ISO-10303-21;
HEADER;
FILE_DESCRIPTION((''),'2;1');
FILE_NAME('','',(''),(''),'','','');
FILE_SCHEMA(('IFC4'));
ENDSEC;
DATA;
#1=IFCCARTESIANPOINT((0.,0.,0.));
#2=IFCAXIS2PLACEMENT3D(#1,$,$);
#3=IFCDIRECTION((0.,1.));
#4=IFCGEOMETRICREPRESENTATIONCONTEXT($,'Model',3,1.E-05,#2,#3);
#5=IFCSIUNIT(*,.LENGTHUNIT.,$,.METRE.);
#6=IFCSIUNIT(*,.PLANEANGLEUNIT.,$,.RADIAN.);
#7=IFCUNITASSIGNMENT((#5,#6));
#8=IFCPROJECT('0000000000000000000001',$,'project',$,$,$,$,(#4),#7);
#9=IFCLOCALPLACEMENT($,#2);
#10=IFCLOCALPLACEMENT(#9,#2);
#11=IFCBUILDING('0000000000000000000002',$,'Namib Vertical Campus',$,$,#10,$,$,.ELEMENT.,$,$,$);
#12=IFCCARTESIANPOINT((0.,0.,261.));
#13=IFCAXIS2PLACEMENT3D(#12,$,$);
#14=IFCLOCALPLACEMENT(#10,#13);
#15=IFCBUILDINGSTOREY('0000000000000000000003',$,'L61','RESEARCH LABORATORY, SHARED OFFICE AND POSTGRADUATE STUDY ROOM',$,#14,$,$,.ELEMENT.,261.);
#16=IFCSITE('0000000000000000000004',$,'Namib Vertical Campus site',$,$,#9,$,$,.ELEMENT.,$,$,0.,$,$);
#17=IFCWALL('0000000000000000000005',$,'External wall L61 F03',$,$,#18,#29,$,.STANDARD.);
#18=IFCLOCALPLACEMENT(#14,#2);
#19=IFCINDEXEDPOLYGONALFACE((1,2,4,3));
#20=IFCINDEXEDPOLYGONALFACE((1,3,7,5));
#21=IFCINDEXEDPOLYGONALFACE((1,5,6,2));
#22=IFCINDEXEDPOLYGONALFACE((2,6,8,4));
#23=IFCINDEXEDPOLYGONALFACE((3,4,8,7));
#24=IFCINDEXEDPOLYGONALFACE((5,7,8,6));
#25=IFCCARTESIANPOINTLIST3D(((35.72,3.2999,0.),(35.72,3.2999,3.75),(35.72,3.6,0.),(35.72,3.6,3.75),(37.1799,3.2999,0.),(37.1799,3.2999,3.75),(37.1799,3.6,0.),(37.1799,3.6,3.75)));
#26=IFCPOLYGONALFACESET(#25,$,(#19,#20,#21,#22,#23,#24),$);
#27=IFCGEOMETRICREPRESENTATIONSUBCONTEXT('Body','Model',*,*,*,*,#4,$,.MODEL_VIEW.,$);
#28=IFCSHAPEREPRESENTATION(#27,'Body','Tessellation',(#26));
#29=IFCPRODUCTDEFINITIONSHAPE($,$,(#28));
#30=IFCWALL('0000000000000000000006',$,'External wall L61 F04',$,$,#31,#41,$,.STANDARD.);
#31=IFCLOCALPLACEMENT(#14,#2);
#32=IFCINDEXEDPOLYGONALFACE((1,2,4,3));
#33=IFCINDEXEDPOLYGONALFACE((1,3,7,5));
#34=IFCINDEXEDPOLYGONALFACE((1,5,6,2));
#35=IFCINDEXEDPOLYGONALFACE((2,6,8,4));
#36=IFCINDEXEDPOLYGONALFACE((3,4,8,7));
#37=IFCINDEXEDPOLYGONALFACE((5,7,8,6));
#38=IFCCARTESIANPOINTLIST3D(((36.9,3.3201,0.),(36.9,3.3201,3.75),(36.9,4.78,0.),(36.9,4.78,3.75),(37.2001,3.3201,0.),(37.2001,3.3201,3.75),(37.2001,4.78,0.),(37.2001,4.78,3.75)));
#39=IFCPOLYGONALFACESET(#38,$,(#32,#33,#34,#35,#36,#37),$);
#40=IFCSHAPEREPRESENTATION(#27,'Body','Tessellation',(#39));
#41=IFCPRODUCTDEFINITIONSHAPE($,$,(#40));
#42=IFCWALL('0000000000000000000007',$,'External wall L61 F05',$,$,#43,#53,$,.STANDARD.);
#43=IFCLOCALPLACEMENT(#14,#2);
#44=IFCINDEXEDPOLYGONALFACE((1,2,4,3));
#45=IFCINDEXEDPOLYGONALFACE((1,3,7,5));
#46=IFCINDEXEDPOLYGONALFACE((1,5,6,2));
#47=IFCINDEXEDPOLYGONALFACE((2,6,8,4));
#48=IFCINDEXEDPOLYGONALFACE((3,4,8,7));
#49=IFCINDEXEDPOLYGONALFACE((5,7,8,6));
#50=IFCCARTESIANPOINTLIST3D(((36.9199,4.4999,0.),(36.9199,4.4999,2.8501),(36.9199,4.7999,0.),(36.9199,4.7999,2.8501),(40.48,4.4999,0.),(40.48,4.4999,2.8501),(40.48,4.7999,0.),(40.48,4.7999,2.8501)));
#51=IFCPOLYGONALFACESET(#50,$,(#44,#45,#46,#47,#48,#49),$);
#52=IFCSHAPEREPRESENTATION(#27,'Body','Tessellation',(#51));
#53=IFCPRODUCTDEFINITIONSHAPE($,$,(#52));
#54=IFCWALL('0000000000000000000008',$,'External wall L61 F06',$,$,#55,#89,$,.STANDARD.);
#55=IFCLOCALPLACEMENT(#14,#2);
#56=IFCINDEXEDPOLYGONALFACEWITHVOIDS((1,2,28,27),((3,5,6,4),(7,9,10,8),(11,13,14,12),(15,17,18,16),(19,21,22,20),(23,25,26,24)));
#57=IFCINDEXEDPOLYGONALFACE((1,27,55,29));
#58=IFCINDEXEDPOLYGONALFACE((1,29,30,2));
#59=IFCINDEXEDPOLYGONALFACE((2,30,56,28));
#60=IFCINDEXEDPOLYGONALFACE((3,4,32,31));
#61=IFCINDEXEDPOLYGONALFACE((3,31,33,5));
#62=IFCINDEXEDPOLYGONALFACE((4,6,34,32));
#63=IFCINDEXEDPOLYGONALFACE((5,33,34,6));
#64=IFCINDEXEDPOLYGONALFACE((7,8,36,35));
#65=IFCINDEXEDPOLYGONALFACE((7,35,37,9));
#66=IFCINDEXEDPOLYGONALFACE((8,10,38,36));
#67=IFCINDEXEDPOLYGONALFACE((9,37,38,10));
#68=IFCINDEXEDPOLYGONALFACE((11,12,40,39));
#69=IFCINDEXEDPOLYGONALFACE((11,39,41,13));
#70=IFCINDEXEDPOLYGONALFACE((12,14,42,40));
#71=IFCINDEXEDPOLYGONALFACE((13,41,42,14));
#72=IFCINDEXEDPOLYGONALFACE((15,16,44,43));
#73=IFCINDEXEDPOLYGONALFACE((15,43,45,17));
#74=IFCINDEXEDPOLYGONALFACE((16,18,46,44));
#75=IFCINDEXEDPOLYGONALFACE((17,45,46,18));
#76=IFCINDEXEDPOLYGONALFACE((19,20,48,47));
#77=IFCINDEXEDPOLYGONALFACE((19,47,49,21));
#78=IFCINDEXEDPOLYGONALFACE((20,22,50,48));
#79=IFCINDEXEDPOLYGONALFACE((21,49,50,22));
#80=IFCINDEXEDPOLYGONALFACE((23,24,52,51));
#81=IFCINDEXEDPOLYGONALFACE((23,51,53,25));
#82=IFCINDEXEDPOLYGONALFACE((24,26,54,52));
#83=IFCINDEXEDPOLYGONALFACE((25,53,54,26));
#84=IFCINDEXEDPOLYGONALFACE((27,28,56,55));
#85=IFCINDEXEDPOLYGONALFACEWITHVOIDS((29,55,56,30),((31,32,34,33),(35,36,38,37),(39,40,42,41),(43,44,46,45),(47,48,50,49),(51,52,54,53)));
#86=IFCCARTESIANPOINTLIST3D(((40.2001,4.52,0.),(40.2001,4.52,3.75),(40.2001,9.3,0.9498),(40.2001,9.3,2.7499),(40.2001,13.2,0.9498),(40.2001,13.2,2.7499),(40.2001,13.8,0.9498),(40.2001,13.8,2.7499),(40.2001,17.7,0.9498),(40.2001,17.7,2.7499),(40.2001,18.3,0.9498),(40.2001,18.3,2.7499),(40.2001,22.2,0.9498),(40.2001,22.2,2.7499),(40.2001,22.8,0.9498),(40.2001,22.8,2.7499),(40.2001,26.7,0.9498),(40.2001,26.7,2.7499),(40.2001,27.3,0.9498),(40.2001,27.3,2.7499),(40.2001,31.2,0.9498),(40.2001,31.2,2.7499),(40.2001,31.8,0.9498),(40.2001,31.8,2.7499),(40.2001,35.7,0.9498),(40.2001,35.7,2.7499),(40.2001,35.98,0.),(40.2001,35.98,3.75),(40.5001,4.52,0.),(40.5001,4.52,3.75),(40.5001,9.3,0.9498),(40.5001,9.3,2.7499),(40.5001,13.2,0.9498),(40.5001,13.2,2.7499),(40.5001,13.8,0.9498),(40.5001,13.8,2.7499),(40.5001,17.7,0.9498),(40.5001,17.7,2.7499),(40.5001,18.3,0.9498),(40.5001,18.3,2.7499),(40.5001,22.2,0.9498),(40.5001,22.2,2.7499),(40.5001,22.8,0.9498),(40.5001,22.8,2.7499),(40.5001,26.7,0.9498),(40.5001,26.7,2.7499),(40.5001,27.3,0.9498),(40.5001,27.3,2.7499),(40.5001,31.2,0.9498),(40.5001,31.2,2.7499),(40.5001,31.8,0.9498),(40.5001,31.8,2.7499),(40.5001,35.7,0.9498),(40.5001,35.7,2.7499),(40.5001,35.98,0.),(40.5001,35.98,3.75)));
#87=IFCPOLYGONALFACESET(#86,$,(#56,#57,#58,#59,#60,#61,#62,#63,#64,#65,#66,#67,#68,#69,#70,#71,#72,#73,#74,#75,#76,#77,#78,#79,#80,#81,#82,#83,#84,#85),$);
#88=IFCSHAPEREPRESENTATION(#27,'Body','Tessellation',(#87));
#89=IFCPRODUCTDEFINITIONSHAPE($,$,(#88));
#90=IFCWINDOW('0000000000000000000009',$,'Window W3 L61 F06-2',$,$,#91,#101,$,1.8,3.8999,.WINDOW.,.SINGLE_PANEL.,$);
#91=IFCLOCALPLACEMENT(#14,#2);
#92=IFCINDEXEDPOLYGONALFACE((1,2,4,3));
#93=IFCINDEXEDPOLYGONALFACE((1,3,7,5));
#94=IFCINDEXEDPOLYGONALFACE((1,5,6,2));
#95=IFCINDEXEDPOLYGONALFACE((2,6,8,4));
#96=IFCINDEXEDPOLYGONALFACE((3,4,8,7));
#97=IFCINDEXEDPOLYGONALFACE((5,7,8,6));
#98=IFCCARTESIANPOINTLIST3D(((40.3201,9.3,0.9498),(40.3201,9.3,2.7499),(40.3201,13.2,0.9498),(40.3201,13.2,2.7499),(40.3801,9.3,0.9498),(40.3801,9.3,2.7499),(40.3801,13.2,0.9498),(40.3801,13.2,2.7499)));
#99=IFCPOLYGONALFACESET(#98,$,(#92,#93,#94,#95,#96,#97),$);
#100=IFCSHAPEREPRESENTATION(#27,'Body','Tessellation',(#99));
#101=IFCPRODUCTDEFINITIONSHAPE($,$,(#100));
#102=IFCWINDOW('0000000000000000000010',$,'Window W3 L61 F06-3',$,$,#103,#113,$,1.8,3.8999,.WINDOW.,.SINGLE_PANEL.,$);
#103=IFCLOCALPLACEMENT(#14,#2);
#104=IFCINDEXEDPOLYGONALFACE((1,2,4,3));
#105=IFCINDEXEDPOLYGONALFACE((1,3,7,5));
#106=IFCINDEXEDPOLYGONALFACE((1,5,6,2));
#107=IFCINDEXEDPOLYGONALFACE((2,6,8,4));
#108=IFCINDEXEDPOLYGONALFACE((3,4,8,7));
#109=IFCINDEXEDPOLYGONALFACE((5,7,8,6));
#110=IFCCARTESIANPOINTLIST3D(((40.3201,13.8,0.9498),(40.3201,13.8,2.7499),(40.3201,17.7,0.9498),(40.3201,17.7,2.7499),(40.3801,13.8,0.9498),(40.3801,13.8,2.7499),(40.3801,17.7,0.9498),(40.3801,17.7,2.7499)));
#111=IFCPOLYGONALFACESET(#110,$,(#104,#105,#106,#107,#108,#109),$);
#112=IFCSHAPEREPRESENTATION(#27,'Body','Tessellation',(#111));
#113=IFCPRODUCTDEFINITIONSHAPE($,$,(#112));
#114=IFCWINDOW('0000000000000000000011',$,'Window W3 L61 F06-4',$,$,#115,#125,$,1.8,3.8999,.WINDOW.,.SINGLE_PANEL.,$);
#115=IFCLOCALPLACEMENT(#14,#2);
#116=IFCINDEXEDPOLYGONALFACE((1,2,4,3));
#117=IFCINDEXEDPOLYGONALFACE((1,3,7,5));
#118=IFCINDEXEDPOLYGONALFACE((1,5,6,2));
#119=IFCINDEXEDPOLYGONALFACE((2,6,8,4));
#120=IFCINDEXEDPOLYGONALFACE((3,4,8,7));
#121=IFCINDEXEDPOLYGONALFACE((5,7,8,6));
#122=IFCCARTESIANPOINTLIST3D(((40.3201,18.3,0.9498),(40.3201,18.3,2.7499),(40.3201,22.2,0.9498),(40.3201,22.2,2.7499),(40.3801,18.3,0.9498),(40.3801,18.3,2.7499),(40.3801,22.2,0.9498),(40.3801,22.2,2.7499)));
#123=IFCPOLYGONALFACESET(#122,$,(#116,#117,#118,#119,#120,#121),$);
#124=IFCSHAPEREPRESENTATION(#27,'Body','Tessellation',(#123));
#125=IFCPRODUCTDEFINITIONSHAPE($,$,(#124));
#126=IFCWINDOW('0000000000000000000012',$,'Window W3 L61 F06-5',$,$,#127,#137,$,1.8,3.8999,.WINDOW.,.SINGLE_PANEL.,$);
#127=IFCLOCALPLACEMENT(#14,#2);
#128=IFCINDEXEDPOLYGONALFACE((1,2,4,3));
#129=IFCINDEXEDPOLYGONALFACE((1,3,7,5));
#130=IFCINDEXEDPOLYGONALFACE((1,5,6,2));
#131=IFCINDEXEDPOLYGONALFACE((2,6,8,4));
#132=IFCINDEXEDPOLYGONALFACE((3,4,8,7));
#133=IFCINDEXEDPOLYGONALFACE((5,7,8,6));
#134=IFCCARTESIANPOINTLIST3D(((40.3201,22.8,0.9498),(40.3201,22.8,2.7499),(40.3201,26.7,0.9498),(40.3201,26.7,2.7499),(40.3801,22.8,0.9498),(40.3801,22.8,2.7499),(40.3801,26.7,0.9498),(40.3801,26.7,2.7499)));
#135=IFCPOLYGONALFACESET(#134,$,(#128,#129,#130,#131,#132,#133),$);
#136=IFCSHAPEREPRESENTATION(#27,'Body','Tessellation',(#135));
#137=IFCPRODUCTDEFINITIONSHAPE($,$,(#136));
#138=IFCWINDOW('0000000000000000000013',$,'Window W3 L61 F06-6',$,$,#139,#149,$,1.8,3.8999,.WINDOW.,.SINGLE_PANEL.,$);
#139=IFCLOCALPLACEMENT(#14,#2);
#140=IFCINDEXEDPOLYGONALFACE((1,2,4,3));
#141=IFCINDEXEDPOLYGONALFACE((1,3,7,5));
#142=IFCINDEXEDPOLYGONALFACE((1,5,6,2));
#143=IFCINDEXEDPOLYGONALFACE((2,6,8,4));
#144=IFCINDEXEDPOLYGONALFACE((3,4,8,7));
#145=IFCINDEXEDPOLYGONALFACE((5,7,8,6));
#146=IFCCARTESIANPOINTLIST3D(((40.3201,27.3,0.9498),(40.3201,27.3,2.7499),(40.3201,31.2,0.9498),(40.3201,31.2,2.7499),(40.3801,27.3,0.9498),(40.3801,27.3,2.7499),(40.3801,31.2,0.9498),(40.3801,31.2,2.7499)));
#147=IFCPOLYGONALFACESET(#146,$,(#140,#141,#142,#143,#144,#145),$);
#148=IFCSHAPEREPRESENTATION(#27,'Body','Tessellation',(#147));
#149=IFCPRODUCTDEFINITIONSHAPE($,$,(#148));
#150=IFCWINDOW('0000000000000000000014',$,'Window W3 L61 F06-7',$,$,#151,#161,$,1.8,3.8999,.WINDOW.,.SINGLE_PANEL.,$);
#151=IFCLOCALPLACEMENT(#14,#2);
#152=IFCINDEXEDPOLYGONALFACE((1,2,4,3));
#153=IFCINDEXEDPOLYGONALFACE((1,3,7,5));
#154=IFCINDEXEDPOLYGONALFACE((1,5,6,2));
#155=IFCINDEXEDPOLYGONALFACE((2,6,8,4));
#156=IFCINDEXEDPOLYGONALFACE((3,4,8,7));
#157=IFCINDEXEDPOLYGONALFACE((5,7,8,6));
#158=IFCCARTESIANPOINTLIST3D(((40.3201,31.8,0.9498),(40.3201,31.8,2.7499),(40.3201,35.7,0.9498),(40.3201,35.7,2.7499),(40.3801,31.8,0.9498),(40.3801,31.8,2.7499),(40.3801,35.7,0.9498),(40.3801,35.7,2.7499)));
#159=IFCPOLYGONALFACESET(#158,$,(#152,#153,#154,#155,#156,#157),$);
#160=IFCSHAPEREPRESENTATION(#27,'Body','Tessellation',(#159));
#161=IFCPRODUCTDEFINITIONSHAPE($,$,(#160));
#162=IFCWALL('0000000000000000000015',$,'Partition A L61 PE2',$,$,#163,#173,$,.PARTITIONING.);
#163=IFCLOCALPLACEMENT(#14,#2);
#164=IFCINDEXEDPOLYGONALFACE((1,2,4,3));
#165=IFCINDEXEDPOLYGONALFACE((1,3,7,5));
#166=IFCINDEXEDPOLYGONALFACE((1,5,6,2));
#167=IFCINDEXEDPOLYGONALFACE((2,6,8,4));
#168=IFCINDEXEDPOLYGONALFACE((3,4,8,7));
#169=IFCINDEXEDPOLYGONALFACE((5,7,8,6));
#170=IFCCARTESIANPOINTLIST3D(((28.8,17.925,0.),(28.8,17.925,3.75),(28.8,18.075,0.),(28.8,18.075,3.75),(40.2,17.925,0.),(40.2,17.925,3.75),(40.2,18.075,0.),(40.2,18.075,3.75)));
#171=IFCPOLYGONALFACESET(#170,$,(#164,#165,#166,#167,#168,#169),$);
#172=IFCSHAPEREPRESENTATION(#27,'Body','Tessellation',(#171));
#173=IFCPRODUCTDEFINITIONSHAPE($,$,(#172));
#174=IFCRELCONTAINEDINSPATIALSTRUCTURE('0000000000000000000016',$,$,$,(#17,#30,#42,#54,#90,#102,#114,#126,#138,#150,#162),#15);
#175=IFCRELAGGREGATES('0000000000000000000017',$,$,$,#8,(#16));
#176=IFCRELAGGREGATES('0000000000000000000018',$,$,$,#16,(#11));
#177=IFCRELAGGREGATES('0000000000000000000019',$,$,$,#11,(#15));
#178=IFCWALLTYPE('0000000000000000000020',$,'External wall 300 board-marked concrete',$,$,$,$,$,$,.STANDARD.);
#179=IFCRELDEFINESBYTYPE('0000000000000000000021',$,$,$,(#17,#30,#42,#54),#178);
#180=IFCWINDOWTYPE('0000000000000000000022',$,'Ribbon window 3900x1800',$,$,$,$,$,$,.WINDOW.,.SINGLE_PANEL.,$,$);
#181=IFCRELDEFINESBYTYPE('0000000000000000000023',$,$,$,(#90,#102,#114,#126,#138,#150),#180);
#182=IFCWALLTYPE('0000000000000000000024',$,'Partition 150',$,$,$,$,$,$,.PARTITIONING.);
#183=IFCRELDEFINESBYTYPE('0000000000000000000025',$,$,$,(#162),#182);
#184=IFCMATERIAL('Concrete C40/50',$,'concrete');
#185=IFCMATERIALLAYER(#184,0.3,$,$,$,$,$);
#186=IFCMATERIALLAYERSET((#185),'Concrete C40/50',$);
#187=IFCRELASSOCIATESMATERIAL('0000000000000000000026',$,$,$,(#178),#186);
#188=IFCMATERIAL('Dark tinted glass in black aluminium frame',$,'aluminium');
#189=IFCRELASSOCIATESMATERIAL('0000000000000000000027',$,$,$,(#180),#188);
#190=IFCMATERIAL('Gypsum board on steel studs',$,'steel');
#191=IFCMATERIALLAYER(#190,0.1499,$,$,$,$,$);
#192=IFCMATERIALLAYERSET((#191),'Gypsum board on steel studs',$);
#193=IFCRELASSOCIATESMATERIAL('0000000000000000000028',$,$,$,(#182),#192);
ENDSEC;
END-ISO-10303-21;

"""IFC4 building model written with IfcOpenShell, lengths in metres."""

from ifc_helpers import new_model, si_unit, direction, frame, frame_2d, origin, place, context, subcontext, project, spatial, rectangle, extrude, material, layer, layer_set, type_object, element, fill, save


model = new_model("IFC4")

# Units and contexts
model_context = context("Model", 3, precision=1e-05, world=origin(), true_north=direction((0.0, 1.0)))
body_context = subcontext(model_context, "Body", "Model", "MODEL_VIEW")
ifc_project = project(units=[si_unit("LENGTHUNIT", "METRE"), si_unit("PLANEANGLEUNIT", "RADIAN")], contexts=[model_context])

# Site, building, storey
site_placement = place(None, origin())
site = spatial("IfcSite", under=ifc_project, at=site_placement, Name="Namib Vertical Campus site", CompositionType="ELEMENT", RefElevation=0.0)
building_placement = place(site_placement, origin())
building = spatial("IfcBuilding", under=site, at=building_placement, Name="Namib Vertical Campus", CompositionType="ELEMENT")
storey_placement = place(building_placement, frame((0.0, 0.0, 261.0)))
storey = spatial("IfcBuildingStorey", under=building, at=storey_placement, Name="L61", Description="RESEARCH LABORATORY, SHARED OFFICE AND POSTGRADUATE STUDY ROOM", CompositionType="ELEMENT", Elevation=261.0)

# Walls
ifc_material_1 = material(Name="Concrete C40/50", Category="concrete")
ifc_layer_1 = layer(ifc_material_1, 0.3)
ifc_layer_set_1 = layer_set([ifc_layer_1], Name="Concrete C40/50")
wall_type_1 = type_object("IfcWallType", Name="External wall 300 board-marked concrete", PredefinedType="STANDARD", material=ifc_layer_set_1)
for number, where, z_axis, x_axis, name in (
    (1, (35.72, 3.45, 0.0), (0.0, 0.0, 1.0), (1.0, 0.0, 0.0), "External wall L61 F03"),
    (2, (37.05, 3.3201, 0.0), (0.0, 0.0, 1.0), (0.0, 1.0, 0.0), "External wall L61 F04"),
):
    element("IfcWall", number, at=place(storey_placement, frame(where, z_axis=z_axis, x_axis=x_axis)), inside=storey, type_object=wall_type_1, Name=name, PredefinedType="STANDARD", context=body_context, shape_type="SweptSolid", body=[
        extrude(rectangle(XDim=1.46, YDim=0.3, at=frame_2d((0.73, 0.0))), origin(), (0.0, 0.0, 1.0), 3.75),
    ])
wall_1_placement = place(storey_placement, frame((36.9199, 4.6499, 0.0), z_axis=(0.0, 0.0, 1.0), x_axis=(1.0, 0.0, 0.0)))
element("IfcWall", 3, at=wall_1_placement, inside=storey, type_object=wall_type_1, Name="External wall L61 F05", PredefinedType="STANDARD", context=body_context, shape_type="SweptSolid", body=[
    extrude(rectangle(XDim=3.5601, YDim=0.3, at=frame_2d((1.78, 0.0))), origin(), (0.0, 0.0, 1.0), 2.8501),
])

# Wall, openings, windows
wall_2_placement = place(storey_placement, frame((40.3501, 4.52, 0.0), z_axis=(0.0, 0.0, 1.0), x_axis=(0.0, 1.0, 0.0)))
wall_2 = element("IfcWall", 4, at=wall_2_placement, inside=storey, type_object=wall_type_1, Name="External wall L61 F06", PredefinedType="STANDARD", context=body_context, shape_type="SweptSolid", body=[
    extrude(rectangle(XDim=31.46, YDim=0.3, at=frame_2d((15.73, 0.0))), origin(), (0.0, 0.0, 1.0), 3.75),
])
opening_1_placement = place(wall_2_placement, frame((4.78, 0.0, 0.95)))
opening_1 = element("IfcOpeningElement", 5, at=opening_1_placement, cuts=wall_2, PredefinedType="OPENING", context=body_context, shape_type="SweptSolid", body=[
    extrude(rectangle(XDim=3.8999, YDim=1.8, at=frame_2d((1.95, 0.8999))), frame((0.0, 0.1599, 0.0), z_axis=(0.0, -1.0, 0.0), x_axis=(1.0, 0.0, 0.0)), (0.0, 0.0, 1.0), 0.3201),
])
opening_2_placement = place(wall_2_placement, frame((9.28, 0.0, 0.95)))
opening_2 = element("IfcOpeningElement", 6, at=opening_2_placement, cuts=wall_2, PredefinedType="OPENING", context=body_context, shape_type="SweptSolid", body=[
    extrude(rectangle(XDim=3.8999, YDim=1.8, at=frame_2d((1.95, 0.8999))), frame((0.0, 0.1599, 0.0), z_axis=(0.0, -1.0, 0.0), x_axis=(1.0, 0.0, 0.0)), (0.0, 0.0, 1.0), 0.3201),
])
opening_3_placement = place(wall_2_placement, frame((13.78, 0.0, 0.95)))
opening_3 = element("IfcOpeningElement", 7, at=opening_3_placement, cuts=wall_2, PredefinedType="OPENING", context=body_context, shape_type="SweptSolid", body=[
    extrude(rectangle(XDim=3.8999, YDim=1.8, at=frame_2d((1.95, 0.8999))), frame((0.0, 0.1599, 0.0), z_axis=(0.0, -1.0, 0.0), x_axis=(1.0, 0.0, 0.0)), (0.0, 0.0, 1.0), 0.3201),
])
opening_4_placement = place(wall_2_placement, frame((18.28, 0.0, 0.95)))
opening_4 = element("IfcOpeningElement", 8, at=opening_4_placement, cuts=wall_2, PredefinedType="OPENING", context=body_context, shape_type="SweptSolid", body=[
    extrude(rectangle(XDim=3.8999, YDim=1.8, at=frame_2d((1.95, 0.8999))), frame((0.0, 0.1599, 0.0), z_axis=(0.0, -1.0, 0.0), x_axis=(1.0, 0.0, 0.0)), (0.0, 0.0, 1.0), 0.3201),
])
opening_5_placement = place(wall_2_placement, frame((22.78, 0.0, 0.95)))
opening_5 = element("IfcOpeningElement", 9, at=opening_5_placement, cuts=wall_2, PredefinedType="OPENING", context=body_context, shape_type="SweptSolid", body=[
    extrude(rectangle(XDim=3.8999, YDim=1.8, at=frame_2d((1.95, 0.8999))), frame((0.0, 0.1599, 0.0), z_axis=(0.0, -1.0, 0.0), x_axis=(1.0, 0.0, 0.0)), (0.0, 0.0, 1.0), 0.3201),
])
opening_6_placement = place(wall_2_placement, frame((27.28, 0.0, 0.95)))
opening_6 = element("IfcOpeningElement", 10, at=opening_6_placement, cuts=wall_2, PredefinedType="OPENING", context=body_context, shape_type="SweptSolid", body=[
    extrude(rectangle(XDim=3.8999, YDim=1.8, at=frame_2d((1.95, 0.8999))), frame((0.0, 0.1599, 0.0), z_axis=(0.0, -1.0, 0.0), x_axis=(1.0, 0.0, 0.0)), (0.0, 0.0, 1.0), 0.3201),
])
ifc_material_2 = material(Name="Dark tinted glass in black aluminium frame", Category="aluminium")
window_type = type_object("IfcWindowType", Name="Ribbon window 3900x1800", PartitioningType="SINGLE_PANEL", PredefinedType="WINDOW", material=ifc_material_2)
window_1_placement = place(opening_1_placement, origin())
window_1 = element("IfcWindow", 11, at=window_1_placement, inside=storey, type_object=window_type, Name="Window W3 L61 F06-2", OverallHeight=1.8, OverallWidth=3.8999, PartitioningType="SINGLE_PANEL", PredefinedType="WINDOW", context=body_context, shape_type="SweptSolid", body=[
    extrude(rectangle(XDim=3.8999, YDim=1.8, at=frame_2d((1.95, 0.8999))), frame((0.0, 0.03, 0.0), z_axis=(0.0, -1.0, 0.0), x_axis=(1.0, 0.0, 0.0)), (0.0, 0.0, 1.0), 0.0601),
])
fill(opening_1, window_1)
window_2_placement = place(opening_2_placement, origin())
window_2 = element("IfcWindow", 12, at=window_2_placement, inside=storey, type_object=window_type, Name="Window W3 L61 F06-3", OverallHeight=1.8, OverallWidth=3.8999, PartitioningType="SINGLE_PANEL", PredefinedType="WINDOW", context=body_context, shape_type="SweptSolid", body=[
    extrude(rectangle(XDim=3.8999, YDim=1.8, at=frame_2d((1.95, 0.8999))), frame((0.0, 0.03, 0.0), z_axis=(0.0, -1.0, 0.0), x_axis=(1.0, 0.0, 0.0)), (0.0, 0.0, 1.0), 0.0601),
])
fill(opening_2, window_2)
window_3_placement = place(opening_3_placement, origin())
window_3 = element("IfcWindow", 13, at=window_3_placement, inside=storey, type_object=window_type, Name="Window W3 L61 F06-4", OverallHeight=1.8, OverallWidth=3.8999, PartitioningType="SINGLE_PANEL", PredefinedType="WINDOW", context=body_context, shape_type="SweptSolid", body=[
    extrude(rectangle(XDim=3.8999, YDim=1.8, at=frame_2d((1.95, 0.8999))), frame((0.0, 0.03, 0.0), z_axis=(0.0, -1.0, 0.0), x_axis=(1.0, 0.0, 0.0)), (0.0, 0.0, 1.0), 0.0601),
])
fill(opening_3, window_3)
window_4_placement = place(opening_4_placement, origin())
window_4 = element("IfcWindow", 14, at=window_4_placement, inside=storey, type_object=window_type, Name="Window W3 L61 F06-5", OverallHeight=1.8, OverallWidth=3.8999, PartitioningType="SINGLE_PANEL", PredefinedType="WINDOW", context=body_context, shape_type="SweptSolid", body=[
    extrude(rectangle(XDim=3.8999, YDim=1.8, at=frame_2d((1.95, 0.8999))), frame((0.0, 0.03, 0.0), z_axis=(0.0, -1.0, 0.0), x_axis=(1.0, 0.0, 0.0)), (0.0, 0.0, 1.0), 0.0601),
])
fill(opening_4, window_4)
window_5_placement = place(opening_5_placement, origin())
window_5 = element("IfcWindow", 15, at=window_5_placement, inside=storey, type_object=window_type, Name="Window W3 L61 F06-6", OverallHeight=1.8, OverallWidth=3.8999, PartitioningType="SINGLE_PANEL", PredefinedType="WINDOW", context=body_context, shape_type="SweptSolid", body=[
    extrude(rectangle(XDim=3.8999, YDim=1.8, at=frame_2d((1.95, 0.8999))), frame((0.0, 0.03, 0.0), z_axis=(0.0, -1.0, 0.0), x_axis=(1.0, 0.0, 0.0)), (0.0, 0.0, 1.0), 0.0601),
])
fill(opening_5, window_5)
window_6_placement = place(opening_6_placement, origin())
window_6 = element("IfcWindow", 16, at=window_6_placement, inside=storey, type_object=window_type, Name="Window W3 L61 F06-7", OverallHeight=1.8, OverallWidth=3.8999, PartitioningType="SINGLE_PANEL", PredefinedType="WINDOW", context=body_context, shape_type="SweptSolid", body=[
    extrude(rectangle(XDim=3.8999, YDim=1.8, at=frame_2d((1.95, 0.8999))), frame((0.0, 0.03, 0.0), z_axis=(0.0, -1.0, 0.0), x_axis=(1.0, 0.0, 0.0)), (0.0, 0.0, 1.0), 0.0601),
])
fill(opening_6, window_6)

# Wall
ifc_material_3 = material(Name="Gypsum board on steel studs", Category="steel")
ifc_layer_2 = layer(ifc_material_3, 0.1499)
ifc_layer_set_2 = layer_set([ifc_layer_2], Name="Gypsum board on steel studs")
wall_type_2 = type_object("IfcWallType", Name="Partition 150", PredefinedType="PARTITIONING", material=ifc_layer_set_2)
wall_3_placement = place(storey_placement, frame((28.8, 18.0, 0.0), z_axis=(0.0, 0.0, 1.0), x_axis=(1.0, 0.0, 0.0)))
element("IfcWall", 17, at=wall_3_placement, inside=storey, type_object=wall_type_2, Name="Partition A L61 PE2", PredefinedType="PARTITIONING", context=body_context, shape_type="SweptSolid", body=[
    extrude(rectangle(XDim=11.3999, YDim=0.1499, at=frame_2d((5.7, 0.0))), origin(), (0.0, 0.0, 1.0), 3.75),
])

save(model, "model.ifc")
